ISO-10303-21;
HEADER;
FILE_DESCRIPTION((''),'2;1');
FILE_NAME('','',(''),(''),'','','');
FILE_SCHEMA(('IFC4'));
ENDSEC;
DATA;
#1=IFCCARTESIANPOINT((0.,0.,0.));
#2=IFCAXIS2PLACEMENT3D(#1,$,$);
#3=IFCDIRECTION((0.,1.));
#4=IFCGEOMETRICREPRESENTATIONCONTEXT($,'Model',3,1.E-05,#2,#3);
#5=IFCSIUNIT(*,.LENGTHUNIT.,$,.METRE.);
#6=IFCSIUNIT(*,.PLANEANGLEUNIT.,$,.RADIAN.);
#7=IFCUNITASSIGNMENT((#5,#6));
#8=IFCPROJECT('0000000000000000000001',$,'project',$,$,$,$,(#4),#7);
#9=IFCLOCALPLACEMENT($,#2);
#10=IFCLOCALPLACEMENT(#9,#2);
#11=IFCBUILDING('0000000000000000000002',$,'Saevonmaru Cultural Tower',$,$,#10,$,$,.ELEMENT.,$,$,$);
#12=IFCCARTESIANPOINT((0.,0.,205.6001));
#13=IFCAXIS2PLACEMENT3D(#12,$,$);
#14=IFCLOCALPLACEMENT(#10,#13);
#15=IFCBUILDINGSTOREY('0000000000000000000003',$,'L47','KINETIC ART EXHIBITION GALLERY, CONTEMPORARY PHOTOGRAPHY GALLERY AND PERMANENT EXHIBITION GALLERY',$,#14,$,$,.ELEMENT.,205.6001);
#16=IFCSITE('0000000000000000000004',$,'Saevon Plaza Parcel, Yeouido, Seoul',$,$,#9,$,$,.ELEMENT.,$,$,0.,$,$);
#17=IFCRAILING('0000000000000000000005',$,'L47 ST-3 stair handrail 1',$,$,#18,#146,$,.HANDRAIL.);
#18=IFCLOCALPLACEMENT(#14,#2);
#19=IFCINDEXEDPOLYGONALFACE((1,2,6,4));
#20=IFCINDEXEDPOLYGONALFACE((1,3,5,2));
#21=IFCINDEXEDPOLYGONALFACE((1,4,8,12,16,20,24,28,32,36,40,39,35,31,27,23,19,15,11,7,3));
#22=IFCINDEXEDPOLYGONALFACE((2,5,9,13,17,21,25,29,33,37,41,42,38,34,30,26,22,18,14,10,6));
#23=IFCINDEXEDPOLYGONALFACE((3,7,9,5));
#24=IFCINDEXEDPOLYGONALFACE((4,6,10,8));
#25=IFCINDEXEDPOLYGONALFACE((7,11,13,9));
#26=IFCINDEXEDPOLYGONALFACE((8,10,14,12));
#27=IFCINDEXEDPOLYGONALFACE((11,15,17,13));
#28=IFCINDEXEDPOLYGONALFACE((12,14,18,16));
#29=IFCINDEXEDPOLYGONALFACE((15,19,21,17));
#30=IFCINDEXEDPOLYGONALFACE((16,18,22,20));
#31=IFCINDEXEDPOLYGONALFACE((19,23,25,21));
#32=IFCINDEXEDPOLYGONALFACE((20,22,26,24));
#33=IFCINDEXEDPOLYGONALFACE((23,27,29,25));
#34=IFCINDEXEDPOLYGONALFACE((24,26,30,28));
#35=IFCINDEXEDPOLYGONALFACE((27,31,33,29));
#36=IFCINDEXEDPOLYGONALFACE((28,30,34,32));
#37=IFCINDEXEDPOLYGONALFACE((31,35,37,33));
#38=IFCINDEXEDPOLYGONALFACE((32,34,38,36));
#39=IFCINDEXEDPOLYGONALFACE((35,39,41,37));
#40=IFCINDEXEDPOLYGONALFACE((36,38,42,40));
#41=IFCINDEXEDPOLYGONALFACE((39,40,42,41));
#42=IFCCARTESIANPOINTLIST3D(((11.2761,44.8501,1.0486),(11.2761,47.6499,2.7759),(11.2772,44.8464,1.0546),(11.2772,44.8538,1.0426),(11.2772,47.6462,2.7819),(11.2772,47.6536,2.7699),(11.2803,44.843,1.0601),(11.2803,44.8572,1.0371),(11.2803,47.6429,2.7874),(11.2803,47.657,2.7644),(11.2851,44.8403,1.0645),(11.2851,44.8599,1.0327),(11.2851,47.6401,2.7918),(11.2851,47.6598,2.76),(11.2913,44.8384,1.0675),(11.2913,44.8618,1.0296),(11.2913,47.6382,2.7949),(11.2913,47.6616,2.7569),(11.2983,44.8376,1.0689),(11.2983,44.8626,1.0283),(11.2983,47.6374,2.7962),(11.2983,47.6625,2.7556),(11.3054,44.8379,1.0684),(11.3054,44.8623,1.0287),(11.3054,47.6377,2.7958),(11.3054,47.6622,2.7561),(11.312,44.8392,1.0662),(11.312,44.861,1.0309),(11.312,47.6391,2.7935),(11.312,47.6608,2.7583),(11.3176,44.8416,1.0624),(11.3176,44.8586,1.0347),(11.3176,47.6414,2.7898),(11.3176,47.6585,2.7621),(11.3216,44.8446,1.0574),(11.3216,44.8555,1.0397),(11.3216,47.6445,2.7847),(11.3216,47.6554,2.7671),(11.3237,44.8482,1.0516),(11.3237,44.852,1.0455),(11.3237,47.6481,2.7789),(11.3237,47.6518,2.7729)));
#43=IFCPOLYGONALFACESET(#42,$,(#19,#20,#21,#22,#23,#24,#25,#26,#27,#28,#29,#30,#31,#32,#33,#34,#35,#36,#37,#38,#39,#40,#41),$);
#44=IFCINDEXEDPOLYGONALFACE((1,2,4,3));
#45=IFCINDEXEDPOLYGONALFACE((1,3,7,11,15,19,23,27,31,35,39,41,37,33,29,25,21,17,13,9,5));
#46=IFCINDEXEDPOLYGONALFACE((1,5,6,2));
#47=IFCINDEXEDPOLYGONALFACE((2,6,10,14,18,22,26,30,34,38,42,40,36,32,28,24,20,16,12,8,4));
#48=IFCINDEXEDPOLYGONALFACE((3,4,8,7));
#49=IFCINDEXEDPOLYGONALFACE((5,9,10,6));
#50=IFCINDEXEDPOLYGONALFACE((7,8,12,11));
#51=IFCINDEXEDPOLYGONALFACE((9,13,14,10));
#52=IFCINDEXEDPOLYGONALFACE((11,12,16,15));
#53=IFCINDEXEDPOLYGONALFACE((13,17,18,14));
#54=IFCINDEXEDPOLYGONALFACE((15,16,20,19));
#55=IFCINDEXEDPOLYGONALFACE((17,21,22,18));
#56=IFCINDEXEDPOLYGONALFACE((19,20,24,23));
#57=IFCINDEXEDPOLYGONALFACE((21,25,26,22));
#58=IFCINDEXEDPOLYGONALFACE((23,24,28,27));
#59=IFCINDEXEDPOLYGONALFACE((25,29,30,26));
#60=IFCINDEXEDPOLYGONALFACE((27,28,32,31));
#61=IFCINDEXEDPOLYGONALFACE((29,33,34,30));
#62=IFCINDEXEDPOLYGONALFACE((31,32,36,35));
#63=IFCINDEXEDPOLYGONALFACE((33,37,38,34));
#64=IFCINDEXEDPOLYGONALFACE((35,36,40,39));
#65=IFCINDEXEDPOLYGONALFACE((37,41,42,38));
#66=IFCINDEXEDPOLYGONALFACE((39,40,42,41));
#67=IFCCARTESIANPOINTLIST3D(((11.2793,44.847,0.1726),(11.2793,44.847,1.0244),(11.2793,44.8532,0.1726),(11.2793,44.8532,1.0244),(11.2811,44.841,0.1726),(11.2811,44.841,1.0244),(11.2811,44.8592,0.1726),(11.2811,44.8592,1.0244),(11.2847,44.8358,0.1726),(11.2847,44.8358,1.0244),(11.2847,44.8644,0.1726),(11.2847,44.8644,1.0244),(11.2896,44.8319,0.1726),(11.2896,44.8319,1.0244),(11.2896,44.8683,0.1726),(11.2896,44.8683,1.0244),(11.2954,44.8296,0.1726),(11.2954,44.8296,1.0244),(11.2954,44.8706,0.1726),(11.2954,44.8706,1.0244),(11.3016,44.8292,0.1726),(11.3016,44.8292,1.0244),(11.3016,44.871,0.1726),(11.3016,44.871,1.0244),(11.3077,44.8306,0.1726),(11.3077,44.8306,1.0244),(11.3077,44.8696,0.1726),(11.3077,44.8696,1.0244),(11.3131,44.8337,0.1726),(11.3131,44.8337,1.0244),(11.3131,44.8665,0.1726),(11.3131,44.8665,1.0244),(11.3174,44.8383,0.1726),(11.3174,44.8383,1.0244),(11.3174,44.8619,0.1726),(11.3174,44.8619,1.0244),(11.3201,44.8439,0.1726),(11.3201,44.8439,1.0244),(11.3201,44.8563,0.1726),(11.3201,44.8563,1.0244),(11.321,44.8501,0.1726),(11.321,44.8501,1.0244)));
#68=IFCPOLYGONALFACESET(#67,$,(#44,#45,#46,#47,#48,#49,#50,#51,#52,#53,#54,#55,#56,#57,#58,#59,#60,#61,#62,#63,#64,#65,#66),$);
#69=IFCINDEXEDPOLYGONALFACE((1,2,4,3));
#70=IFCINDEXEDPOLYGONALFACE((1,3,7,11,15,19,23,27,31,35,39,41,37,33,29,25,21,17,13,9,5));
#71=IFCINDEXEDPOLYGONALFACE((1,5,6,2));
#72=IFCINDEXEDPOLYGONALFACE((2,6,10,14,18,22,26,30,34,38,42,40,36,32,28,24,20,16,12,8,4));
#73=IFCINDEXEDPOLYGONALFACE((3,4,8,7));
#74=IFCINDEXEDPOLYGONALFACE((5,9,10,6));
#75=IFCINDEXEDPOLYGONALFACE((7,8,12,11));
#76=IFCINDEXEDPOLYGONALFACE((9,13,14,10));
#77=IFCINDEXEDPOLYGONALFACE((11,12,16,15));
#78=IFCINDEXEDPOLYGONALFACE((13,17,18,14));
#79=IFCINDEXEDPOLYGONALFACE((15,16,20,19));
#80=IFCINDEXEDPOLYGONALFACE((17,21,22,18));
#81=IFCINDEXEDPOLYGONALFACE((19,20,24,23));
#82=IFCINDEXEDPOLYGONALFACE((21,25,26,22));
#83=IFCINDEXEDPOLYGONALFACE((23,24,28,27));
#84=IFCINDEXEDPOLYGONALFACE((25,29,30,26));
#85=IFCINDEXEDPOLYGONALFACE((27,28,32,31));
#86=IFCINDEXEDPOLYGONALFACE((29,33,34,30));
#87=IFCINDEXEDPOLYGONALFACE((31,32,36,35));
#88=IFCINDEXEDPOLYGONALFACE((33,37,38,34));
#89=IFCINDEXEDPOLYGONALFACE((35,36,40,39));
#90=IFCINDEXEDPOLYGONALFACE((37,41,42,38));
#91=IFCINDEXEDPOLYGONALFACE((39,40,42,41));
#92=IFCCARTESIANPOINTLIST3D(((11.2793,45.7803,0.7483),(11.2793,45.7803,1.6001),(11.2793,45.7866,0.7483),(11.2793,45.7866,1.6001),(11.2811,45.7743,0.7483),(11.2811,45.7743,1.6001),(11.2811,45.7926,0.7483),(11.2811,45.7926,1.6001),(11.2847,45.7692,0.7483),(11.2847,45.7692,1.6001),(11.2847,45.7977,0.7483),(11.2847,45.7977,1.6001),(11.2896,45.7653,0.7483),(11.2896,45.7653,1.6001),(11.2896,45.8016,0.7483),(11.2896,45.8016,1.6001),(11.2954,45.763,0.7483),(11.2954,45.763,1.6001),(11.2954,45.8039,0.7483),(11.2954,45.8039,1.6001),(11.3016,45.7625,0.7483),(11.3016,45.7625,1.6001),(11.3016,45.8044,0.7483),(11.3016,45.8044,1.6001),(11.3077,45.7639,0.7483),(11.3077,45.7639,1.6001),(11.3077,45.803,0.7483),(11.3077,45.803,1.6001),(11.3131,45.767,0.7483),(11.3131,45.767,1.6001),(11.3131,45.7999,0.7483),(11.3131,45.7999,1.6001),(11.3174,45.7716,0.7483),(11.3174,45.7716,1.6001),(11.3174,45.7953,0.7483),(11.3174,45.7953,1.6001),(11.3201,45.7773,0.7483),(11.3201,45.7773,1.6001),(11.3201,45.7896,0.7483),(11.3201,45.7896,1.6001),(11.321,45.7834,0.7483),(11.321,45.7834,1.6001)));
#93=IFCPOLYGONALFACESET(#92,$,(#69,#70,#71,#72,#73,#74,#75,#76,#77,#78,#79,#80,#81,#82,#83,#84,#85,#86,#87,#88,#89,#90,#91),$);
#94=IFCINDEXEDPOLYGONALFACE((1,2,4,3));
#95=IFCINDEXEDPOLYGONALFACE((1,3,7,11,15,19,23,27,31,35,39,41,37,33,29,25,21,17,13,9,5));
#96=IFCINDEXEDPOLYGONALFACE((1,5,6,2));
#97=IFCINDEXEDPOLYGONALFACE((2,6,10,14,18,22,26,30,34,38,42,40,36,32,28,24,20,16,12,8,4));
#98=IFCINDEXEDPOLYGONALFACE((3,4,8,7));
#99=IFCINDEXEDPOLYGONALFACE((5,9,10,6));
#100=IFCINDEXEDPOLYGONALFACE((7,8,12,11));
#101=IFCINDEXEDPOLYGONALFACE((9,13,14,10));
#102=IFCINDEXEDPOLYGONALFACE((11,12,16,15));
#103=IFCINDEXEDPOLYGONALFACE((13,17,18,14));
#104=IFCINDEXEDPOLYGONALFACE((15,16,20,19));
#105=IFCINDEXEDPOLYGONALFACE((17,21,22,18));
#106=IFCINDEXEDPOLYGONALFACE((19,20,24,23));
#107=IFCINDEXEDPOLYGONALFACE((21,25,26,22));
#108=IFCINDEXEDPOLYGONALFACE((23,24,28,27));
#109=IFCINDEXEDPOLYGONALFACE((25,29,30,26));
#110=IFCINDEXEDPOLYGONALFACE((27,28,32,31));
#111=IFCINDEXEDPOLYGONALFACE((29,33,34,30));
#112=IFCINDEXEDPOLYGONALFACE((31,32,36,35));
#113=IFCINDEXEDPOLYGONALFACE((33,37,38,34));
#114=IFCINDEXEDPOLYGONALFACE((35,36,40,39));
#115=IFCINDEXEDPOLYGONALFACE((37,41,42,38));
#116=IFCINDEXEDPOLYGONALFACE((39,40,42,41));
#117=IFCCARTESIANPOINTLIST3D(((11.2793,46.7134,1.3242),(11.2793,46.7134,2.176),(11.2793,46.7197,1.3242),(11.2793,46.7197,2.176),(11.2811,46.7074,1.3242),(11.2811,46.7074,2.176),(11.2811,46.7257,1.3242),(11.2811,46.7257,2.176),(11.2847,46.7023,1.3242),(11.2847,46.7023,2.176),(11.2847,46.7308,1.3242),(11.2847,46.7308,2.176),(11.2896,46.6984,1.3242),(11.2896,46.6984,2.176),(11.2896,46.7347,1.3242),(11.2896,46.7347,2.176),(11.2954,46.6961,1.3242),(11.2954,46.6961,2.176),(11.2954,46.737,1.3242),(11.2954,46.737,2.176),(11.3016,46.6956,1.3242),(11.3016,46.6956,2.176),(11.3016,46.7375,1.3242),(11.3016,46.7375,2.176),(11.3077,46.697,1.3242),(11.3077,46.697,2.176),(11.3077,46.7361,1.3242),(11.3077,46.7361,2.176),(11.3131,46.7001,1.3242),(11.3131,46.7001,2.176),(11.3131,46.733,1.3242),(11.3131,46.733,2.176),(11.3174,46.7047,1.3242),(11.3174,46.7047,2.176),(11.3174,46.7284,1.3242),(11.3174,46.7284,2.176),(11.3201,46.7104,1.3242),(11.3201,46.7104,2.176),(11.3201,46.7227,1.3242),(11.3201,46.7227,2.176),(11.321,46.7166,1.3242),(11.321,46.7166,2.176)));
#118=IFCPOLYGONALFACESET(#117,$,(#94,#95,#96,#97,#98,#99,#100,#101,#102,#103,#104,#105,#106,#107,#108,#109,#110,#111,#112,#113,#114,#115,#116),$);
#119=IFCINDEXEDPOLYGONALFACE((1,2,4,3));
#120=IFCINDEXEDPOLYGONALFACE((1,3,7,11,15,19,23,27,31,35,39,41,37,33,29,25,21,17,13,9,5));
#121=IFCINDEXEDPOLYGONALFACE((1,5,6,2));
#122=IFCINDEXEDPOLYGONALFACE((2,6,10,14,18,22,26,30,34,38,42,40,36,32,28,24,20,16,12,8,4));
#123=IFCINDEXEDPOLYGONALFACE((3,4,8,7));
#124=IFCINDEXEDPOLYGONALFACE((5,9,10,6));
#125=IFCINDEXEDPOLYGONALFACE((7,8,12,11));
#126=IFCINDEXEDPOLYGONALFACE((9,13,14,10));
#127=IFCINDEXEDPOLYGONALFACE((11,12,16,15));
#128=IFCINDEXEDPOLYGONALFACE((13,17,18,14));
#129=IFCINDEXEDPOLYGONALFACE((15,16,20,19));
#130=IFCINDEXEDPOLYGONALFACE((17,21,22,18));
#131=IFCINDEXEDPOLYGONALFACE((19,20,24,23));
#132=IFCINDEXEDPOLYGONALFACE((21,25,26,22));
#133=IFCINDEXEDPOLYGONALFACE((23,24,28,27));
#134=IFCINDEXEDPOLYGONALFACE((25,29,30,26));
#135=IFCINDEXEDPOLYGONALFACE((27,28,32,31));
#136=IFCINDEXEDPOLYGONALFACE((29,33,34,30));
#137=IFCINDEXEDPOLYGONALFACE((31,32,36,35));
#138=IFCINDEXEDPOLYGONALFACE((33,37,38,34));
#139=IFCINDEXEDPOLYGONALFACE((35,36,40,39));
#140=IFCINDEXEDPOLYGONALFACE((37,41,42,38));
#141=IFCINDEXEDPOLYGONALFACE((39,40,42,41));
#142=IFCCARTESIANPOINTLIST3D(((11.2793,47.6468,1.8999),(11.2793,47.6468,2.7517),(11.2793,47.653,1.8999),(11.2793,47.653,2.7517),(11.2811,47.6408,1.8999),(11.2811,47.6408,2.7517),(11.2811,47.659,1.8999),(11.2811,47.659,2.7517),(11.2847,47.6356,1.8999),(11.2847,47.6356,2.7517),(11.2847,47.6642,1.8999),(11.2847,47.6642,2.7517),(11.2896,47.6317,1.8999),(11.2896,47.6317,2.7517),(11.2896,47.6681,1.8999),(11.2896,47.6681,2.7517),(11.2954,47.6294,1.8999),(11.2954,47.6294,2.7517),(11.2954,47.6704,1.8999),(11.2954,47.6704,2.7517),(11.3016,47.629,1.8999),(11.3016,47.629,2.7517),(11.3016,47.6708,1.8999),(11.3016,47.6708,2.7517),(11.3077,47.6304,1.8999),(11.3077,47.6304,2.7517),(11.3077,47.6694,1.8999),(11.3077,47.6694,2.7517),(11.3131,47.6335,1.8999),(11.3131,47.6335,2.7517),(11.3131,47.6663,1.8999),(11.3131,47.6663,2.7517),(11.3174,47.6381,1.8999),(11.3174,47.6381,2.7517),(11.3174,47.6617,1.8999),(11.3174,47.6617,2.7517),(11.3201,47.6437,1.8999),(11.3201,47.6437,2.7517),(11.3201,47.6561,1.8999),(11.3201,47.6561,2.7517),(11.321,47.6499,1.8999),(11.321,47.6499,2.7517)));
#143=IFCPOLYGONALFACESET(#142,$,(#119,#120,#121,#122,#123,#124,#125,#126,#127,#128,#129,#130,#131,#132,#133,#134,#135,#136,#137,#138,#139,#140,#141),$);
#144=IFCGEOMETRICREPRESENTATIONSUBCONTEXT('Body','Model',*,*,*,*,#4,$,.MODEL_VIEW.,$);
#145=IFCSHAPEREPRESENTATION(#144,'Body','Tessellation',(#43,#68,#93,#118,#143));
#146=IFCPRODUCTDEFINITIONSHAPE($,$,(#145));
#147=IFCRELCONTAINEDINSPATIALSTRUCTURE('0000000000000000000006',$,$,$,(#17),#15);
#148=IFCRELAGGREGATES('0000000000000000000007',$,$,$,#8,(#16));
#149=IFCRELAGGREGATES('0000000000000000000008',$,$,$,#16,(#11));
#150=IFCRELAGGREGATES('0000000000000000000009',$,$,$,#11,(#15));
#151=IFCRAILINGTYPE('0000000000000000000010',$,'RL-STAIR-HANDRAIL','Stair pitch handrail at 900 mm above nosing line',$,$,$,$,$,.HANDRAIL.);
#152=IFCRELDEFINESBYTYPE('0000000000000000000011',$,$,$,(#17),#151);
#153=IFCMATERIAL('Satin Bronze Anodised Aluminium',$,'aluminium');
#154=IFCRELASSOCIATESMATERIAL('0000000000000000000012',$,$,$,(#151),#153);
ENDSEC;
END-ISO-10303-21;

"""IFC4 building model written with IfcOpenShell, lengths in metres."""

from ifc_helpers import new_model, si_unit, direction, frame, origin, origin_2d, place, context, subcontext, project, spatial, circle, extrude, material, type_object, element, save


model = new_model("IFC4")

# Units and contexts
model_context = context("Model", 3, precision=1e-05, world=origin(), true_north=direction((0.0, 1.0)))
body_context = subcontext(model_context, "Body", "Model", "MODEL_VIEW")
ifc_project = project(units=[si_unit("LENGTHUNIT", "METRE"), si_unit("PLANEANGLEUNIT", "RADIAN")], contexts=[model_context])

# Site, building, storey
site_placement = place(None, origin())
site = spatial("IfcSite", under=ifc_project, at=site_placement, Name="Saevon Plaza Parcel, Yeouido, Seoul", CompositionType="ELEMENT", RefElevation=0.0)
building_placement = place(site_placement, origin())
building = spatial("IfcBuilding", under=site, at=building_placement, Name="Saevonmaru Cultural Tower", CompositionType="ELEMENT")
storey_placement = place(building_placement, frame((0.0, 0.0, 205.6001)))
storey = spatial("IfcBuildingStorey", under=building, at=storey_placement, Name="L47", Description="KINETIC ART EXHIBITION GALLERY, CONTEMPORARY PHOTOGRAPHY GALLERY AND PERMANENT EXHIBITION GALLERY", CompositionType="ELEMENT", Elevation=205.6001)

# Shared definitions
ifc_material_1 = material(Name="Satin Bronze Anodised Aluminium", Category="aluminium")

# Railing
railing_type_1 = type_object("IfcRailingType", Name="RL-STAIR-HANDRAIL", Description="Stair pitch handrail at 900 mm above nosing line", PredefinedType="HANDRAIL", material=ifc_material_1)
railing_1_placement = place(storey_placement, frame((11.3, 44.8501, 0.1726)))
element("IfcRailing", 1, at=railing_1_placement, inside=storey, type_object=railing_type_1, Name="L47 ST-3 stair handrail 1", PredefinedType="HANDRAIL", context=body_context, shape_type="SweptSolid", body=[
    extrude(circle(Radius=0.0239, at=origin_2d()), frame((0.0, 0.0, 0.876), z_axis=(0.0, 0.851069, 0.525054), x_axis=(-1.0, 0.0, 0.0)), (0.0, 0.0, 1.0), 3.2898),
    extrude(circle(Radius=0.021, at=origin_2d()), origin(), (0.0, 0.0, 1.0), 0.8518),
    extrude(circle(Radius=0.021, at=origin_2d()), frame((0.0, 0.9333, 0.5757)), (0.0, 0.0, 1.0), 0.8518),
    extrude(circle(Radius=0.021, at=origin_2d()), frame((0.0, 1.8665, 1.1516)), (0.0, 0.0, 1.0), 0.8518),
    extrude(circle(Radius=0.021, at=origin_2d()), frame((0.0, 2.7998, 1.7273)), (0.0, 0.0, 1.0), 0.8518),
])

save(model, "model.ifc")
